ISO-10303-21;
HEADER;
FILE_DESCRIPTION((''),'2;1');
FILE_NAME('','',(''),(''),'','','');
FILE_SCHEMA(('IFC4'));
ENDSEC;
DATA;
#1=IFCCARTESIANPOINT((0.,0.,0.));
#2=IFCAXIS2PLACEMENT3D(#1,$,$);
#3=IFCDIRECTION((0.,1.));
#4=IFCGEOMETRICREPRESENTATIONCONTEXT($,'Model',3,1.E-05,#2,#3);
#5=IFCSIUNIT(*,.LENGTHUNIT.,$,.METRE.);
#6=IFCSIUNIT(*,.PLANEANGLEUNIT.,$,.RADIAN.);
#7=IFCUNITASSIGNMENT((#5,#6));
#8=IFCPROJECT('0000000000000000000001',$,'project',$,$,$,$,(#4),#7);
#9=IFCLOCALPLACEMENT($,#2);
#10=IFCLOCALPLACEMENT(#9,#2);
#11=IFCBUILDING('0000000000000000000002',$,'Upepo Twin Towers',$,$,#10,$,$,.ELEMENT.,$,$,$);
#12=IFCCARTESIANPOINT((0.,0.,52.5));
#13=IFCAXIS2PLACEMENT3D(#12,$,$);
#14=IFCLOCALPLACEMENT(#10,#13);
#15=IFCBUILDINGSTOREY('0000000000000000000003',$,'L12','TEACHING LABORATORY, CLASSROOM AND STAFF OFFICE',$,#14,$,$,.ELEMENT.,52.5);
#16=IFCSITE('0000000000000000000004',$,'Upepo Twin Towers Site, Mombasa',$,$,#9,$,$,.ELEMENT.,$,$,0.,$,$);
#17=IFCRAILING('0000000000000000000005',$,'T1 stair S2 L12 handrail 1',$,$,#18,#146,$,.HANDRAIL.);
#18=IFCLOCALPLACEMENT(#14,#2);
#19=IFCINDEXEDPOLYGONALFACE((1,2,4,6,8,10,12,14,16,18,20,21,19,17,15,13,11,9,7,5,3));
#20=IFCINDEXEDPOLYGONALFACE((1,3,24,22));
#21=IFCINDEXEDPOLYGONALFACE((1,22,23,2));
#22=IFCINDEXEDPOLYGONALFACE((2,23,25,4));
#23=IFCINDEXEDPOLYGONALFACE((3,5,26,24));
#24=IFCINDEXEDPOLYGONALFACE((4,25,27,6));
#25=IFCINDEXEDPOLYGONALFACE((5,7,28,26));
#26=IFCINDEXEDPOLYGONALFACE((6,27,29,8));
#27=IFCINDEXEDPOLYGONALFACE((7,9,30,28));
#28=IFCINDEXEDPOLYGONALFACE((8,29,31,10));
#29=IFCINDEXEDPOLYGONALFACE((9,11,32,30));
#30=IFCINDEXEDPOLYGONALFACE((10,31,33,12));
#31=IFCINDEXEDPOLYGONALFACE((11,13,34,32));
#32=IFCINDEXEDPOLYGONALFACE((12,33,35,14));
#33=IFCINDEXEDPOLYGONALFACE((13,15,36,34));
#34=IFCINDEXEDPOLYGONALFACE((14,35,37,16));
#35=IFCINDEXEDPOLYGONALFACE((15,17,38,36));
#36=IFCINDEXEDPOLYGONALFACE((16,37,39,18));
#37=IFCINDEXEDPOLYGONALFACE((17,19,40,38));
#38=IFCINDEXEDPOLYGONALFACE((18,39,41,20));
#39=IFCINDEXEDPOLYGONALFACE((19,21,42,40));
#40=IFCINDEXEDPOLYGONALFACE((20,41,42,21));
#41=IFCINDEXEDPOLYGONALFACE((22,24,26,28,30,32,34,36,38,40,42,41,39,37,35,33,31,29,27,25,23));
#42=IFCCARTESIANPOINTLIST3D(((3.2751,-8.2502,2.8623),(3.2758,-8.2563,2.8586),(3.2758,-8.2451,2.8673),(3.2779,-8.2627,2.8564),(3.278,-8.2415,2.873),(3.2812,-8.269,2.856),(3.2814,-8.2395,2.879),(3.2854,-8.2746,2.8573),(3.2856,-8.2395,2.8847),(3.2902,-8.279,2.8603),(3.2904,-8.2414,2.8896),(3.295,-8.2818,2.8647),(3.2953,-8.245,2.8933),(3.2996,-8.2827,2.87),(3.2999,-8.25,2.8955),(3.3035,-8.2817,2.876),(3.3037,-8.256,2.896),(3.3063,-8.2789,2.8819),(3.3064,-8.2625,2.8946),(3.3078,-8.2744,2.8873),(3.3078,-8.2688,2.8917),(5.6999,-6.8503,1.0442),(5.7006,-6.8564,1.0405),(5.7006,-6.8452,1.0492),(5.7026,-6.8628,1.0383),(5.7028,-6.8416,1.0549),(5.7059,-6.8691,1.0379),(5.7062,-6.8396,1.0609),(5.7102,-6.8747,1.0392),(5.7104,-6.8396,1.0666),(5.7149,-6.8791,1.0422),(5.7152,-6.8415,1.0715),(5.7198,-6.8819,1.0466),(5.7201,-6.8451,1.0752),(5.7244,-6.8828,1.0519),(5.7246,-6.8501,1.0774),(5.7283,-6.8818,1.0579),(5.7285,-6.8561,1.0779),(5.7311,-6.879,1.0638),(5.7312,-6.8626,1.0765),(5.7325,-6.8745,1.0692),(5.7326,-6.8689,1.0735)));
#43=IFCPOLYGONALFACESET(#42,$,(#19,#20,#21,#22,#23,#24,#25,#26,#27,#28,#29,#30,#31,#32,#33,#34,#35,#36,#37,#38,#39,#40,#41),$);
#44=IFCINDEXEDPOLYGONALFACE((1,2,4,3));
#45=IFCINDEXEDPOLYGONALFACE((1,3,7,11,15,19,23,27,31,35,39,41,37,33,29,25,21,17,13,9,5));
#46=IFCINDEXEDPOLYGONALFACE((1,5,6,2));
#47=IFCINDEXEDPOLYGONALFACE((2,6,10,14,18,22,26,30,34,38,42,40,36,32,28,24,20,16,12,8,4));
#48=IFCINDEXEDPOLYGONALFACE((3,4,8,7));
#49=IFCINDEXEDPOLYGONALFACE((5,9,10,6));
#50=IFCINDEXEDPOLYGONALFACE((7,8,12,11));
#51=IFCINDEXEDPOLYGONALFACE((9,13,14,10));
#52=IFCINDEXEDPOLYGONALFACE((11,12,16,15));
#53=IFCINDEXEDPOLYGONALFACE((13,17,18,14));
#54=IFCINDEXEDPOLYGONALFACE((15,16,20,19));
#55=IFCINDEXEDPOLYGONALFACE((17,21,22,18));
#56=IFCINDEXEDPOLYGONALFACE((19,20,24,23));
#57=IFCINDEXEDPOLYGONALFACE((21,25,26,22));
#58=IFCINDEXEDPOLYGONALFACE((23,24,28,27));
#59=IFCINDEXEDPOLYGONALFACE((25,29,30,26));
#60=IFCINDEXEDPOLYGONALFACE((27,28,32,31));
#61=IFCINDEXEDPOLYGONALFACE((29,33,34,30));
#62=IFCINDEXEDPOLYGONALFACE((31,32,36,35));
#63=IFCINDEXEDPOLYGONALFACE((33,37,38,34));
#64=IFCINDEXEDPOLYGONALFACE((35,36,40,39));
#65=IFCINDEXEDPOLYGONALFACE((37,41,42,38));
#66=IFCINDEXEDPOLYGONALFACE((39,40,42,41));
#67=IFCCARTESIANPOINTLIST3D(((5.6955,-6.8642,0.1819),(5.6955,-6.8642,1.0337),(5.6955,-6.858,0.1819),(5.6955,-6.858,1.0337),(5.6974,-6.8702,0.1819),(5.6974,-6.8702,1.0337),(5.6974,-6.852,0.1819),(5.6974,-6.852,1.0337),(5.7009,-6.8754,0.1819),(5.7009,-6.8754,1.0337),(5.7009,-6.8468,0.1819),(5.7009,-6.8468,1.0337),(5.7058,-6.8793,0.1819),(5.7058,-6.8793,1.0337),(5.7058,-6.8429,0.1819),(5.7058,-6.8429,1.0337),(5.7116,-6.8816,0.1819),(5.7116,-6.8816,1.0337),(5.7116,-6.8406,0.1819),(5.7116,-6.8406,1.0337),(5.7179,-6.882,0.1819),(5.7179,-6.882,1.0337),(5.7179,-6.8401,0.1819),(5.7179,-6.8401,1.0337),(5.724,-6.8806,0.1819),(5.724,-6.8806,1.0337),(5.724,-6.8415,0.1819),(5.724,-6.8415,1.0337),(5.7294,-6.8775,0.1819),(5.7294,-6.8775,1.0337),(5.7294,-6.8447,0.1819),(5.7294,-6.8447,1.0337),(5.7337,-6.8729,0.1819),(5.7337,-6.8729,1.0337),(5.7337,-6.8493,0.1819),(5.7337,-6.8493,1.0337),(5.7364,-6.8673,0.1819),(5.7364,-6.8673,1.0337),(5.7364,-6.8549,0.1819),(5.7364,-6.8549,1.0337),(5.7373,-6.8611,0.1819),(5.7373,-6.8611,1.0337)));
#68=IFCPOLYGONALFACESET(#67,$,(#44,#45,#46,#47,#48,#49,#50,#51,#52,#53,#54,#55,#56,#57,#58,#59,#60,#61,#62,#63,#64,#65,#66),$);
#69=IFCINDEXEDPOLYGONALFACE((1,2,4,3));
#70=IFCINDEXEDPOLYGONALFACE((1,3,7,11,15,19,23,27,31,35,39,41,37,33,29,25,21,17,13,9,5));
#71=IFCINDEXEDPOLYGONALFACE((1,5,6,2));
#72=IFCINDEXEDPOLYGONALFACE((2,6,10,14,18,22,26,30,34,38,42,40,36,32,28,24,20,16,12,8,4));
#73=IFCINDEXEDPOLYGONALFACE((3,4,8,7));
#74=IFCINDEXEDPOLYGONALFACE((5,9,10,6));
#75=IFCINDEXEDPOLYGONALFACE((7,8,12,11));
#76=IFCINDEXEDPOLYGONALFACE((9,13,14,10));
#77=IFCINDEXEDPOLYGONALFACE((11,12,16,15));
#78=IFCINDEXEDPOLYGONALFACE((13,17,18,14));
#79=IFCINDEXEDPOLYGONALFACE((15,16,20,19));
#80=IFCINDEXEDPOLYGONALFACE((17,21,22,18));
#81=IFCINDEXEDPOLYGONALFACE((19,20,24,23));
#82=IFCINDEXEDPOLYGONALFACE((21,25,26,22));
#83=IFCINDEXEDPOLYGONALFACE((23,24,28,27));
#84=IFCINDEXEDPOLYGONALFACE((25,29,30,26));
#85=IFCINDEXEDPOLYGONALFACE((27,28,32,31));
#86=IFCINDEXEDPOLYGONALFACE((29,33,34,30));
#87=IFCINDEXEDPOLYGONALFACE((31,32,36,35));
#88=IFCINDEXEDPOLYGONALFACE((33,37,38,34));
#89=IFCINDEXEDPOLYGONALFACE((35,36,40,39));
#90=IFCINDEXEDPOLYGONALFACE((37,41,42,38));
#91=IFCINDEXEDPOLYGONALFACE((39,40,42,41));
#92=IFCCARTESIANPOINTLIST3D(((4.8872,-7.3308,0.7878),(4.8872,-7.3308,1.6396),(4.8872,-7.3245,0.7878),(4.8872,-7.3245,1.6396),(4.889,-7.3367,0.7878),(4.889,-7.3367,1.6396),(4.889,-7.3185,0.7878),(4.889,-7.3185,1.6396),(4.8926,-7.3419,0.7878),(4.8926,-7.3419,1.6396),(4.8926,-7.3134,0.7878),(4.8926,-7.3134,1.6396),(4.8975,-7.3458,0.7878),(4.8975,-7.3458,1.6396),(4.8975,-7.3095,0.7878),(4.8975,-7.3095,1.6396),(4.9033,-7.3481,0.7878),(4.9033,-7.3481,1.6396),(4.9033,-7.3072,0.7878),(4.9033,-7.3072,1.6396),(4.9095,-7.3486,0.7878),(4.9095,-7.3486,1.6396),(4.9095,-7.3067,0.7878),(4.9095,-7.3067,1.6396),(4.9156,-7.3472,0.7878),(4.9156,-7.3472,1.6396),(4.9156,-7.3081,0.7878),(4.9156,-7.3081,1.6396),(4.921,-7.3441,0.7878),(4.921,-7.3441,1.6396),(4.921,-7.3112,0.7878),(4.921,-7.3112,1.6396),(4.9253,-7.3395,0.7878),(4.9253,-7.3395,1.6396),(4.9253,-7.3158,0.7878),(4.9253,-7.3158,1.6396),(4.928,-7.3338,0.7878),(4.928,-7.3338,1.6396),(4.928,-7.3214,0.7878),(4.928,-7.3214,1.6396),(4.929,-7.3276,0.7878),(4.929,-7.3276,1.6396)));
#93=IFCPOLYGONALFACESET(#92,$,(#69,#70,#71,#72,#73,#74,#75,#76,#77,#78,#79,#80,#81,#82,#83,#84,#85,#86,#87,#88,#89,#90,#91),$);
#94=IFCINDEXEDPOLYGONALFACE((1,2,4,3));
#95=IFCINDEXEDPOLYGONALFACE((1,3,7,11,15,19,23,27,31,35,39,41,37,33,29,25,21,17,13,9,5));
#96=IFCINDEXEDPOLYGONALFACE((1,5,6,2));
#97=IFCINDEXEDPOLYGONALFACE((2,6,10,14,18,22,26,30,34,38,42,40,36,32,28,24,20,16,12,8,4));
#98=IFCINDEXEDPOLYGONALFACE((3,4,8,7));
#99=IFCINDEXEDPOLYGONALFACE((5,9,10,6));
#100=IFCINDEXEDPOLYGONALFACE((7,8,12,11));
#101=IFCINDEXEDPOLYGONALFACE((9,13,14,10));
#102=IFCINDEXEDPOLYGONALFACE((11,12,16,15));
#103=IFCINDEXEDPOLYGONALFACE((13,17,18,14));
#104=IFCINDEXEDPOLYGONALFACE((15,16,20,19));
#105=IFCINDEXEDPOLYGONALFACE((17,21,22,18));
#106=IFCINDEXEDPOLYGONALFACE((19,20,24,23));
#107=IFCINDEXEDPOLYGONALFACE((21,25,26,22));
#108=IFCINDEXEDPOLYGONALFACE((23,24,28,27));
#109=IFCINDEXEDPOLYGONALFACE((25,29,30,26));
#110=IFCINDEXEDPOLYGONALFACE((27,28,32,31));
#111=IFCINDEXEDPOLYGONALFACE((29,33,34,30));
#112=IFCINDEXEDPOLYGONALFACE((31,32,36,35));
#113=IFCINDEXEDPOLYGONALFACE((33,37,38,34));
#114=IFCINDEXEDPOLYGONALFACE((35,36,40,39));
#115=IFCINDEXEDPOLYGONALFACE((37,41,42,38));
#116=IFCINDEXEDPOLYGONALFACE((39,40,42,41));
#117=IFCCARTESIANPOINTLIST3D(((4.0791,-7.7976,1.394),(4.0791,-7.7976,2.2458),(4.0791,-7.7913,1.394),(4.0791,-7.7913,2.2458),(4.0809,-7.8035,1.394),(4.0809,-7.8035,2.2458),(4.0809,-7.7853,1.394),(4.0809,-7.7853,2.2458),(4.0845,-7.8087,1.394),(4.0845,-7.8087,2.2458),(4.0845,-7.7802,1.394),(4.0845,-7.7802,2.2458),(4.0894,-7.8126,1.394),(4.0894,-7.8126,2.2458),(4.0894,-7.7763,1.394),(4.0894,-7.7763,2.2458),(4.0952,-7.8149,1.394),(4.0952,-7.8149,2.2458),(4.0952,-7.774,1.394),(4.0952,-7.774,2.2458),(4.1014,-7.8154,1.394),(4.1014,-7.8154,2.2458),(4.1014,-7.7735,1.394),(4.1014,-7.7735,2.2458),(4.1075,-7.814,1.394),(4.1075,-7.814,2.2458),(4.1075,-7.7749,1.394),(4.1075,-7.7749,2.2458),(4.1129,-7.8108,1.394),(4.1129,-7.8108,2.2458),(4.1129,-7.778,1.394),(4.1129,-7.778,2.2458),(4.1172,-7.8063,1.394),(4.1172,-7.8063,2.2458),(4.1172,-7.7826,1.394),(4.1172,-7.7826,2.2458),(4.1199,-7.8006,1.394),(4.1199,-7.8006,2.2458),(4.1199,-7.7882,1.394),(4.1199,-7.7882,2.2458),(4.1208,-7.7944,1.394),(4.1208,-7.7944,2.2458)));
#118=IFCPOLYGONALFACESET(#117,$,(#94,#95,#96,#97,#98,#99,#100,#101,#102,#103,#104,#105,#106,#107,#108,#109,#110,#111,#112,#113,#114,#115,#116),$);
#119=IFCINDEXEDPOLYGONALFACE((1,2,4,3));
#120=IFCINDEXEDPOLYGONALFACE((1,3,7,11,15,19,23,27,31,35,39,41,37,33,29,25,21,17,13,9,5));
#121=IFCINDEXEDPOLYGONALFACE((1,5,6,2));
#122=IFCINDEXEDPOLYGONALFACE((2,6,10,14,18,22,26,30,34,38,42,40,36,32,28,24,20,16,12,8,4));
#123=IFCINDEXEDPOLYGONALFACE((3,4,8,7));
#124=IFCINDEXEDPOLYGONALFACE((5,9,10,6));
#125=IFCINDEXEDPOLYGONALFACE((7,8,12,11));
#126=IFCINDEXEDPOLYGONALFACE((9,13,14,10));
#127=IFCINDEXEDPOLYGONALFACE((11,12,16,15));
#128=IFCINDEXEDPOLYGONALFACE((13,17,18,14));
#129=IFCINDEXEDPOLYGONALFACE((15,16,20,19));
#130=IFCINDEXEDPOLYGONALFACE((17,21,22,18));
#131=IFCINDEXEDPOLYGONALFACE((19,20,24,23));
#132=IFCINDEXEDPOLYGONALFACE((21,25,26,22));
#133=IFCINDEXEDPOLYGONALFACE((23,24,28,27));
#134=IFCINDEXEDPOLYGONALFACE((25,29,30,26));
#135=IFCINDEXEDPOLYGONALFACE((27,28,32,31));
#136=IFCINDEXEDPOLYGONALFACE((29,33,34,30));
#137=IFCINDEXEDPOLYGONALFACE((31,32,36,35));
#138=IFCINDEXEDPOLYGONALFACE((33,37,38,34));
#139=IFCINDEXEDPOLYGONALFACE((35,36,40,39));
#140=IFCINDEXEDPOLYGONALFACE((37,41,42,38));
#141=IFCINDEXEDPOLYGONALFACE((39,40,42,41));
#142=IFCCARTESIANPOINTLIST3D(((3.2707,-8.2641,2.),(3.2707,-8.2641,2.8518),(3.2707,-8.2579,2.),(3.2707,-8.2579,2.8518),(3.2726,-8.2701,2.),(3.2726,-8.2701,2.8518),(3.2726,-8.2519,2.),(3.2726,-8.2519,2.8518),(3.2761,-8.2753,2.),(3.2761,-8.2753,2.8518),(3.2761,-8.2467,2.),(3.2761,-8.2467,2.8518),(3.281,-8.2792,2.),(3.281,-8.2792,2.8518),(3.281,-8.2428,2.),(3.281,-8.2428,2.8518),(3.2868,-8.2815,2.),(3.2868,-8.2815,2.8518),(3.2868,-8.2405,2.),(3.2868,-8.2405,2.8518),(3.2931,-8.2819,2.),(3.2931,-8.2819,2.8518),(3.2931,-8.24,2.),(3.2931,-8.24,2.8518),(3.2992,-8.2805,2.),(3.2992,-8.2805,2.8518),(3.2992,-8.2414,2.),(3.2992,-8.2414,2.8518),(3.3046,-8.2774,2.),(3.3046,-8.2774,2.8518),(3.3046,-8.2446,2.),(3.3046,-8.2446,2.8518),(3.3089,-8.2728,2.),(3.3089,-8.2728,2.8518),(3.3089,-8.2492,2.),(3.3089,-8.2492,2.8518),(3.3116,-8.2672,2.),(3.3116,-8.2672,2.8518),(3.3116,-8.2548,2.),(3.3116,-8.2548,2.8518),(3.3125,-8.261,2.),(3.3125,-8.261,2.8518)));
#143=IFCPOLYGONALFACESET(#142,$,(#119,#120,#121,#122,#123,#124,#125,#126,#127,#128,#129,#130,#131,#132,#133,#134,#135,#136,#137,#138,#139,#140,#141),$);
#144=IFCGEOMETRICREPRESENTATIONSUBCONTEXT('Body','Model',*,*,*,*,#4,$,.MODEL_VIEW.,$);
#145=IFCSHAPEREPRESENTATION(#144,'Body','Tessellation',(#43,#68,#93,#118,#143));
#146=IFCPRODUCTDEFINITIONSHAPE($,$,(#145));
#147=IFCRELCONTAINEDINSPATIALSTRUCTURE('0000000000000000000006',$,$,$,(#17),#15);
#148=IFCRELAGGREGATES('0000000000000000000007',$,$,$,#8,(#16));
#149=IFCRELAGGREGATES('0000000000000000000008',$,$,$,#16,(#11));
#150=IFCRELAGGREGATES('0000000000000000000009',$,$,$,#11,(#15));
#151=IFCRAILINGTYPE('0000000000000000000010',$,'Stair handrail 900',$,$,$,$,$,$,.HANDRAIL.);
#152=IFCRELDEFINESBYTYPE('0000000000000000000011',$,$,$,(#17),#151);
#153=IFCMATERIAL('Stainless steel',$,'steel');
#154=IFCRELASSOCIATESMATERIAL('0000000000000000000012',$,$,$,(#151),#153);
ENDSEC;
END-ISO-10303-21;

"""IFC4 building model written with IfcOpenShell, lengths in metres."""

from ifc_helpers import new_model, si_unit, direction, frame, origin, origin_2d, place, context, subcontext, project, spatial, circle, extrude, material, type_object, element, save


model = new_model("IFC4")

# Units and contexts
model_context = context("Model", 3, precision=1e-05, world=origin(), true_north=direction((0.0, 1.0)))
body_context = subcontext(model_context, "Body", "Model", "MODEL_VIEW")
ifc_project = project(units=[si_unit("LENGTHUNIT", "METRE"), si_unit("PLANEANGLEUNIT", "RADIAN")], contexts=[model_context])

# Site, building, storey
site_placement = place(None, origin())
site = spatial("IfcSite", under=ifc_project, at=site_placement, Name="Upepo Twin Towers Site, Mombasa", CompositionType="ELEMENT", RefElevation=0.0)
building_placement = place(site_placement, origin())
building = spatial("IfcBuilding", under=site, at=building_placement, Name="Upepo Twin Towers", CompositionType="ELEMENT")
storey_placement = place(building_placement, frame((0.0, 0.0, 52.5)))
storey = spatial("IfcBuildingStorey", under=building, at=storey_placement, Name="L12", Description="TEACHING LABORATORY, CLASSROOM AND STAFF OFFICE", CompositionType="ELEMENT", Elevation=52.5)

# Railing
ifc_material_1 = material(Name="Stainless steel", Category="steel")
railing_type = type_object("IfcRailingType", Name="Stair handrail 900", PredefinedType="HANDRAIL", material=ifc_material_1)
railing_placement = place(storey_placement, frame((5.7163, -6.8611, 0.1819)))
element("IfcRailing", 1, at=railing_placement, inside=storey, type_object=railing_type, Name="T1 stair S2 L12 handrail 1", PredefinedType="HANDRAIL", context=body_context, shape_type="SweptSolid", body=[
    extrude(circle(Radius=0.0239, at=origin_2d()), frame((0.0, 0.0, 0.876), z_axis=(-0.726336, -0.419333, 0.544606), x_axis=(0.499984, -0.866035, 0.0)), (0.0, 0.0, 1.0), 3.3384),
    extrude(circle(Radius=0.021, at=origin_2d()), origin(), (0.0, 0.0, 1.0), 0.8518),
    extrude(circle(Radius=0.021, at=origin_2d()), frame((-0.8083, -0.4666, 0.606)), (0.0, 0.0, 1.0), 0.8518),
    extrude(circle(Radius=0.021, at=origin_2d()), frame((-1.6165, -0.9333, 1.2122)), (0.0, 0.0, 1.0), 0.8518),
    extrude(circle(Radius=0.021, at=origin_2d()), frame((-2.4248, -1.3999, 1.8181)), (0.0, 0.0, 1.0), 0.8518),
])

save(model, "model.ifc")
